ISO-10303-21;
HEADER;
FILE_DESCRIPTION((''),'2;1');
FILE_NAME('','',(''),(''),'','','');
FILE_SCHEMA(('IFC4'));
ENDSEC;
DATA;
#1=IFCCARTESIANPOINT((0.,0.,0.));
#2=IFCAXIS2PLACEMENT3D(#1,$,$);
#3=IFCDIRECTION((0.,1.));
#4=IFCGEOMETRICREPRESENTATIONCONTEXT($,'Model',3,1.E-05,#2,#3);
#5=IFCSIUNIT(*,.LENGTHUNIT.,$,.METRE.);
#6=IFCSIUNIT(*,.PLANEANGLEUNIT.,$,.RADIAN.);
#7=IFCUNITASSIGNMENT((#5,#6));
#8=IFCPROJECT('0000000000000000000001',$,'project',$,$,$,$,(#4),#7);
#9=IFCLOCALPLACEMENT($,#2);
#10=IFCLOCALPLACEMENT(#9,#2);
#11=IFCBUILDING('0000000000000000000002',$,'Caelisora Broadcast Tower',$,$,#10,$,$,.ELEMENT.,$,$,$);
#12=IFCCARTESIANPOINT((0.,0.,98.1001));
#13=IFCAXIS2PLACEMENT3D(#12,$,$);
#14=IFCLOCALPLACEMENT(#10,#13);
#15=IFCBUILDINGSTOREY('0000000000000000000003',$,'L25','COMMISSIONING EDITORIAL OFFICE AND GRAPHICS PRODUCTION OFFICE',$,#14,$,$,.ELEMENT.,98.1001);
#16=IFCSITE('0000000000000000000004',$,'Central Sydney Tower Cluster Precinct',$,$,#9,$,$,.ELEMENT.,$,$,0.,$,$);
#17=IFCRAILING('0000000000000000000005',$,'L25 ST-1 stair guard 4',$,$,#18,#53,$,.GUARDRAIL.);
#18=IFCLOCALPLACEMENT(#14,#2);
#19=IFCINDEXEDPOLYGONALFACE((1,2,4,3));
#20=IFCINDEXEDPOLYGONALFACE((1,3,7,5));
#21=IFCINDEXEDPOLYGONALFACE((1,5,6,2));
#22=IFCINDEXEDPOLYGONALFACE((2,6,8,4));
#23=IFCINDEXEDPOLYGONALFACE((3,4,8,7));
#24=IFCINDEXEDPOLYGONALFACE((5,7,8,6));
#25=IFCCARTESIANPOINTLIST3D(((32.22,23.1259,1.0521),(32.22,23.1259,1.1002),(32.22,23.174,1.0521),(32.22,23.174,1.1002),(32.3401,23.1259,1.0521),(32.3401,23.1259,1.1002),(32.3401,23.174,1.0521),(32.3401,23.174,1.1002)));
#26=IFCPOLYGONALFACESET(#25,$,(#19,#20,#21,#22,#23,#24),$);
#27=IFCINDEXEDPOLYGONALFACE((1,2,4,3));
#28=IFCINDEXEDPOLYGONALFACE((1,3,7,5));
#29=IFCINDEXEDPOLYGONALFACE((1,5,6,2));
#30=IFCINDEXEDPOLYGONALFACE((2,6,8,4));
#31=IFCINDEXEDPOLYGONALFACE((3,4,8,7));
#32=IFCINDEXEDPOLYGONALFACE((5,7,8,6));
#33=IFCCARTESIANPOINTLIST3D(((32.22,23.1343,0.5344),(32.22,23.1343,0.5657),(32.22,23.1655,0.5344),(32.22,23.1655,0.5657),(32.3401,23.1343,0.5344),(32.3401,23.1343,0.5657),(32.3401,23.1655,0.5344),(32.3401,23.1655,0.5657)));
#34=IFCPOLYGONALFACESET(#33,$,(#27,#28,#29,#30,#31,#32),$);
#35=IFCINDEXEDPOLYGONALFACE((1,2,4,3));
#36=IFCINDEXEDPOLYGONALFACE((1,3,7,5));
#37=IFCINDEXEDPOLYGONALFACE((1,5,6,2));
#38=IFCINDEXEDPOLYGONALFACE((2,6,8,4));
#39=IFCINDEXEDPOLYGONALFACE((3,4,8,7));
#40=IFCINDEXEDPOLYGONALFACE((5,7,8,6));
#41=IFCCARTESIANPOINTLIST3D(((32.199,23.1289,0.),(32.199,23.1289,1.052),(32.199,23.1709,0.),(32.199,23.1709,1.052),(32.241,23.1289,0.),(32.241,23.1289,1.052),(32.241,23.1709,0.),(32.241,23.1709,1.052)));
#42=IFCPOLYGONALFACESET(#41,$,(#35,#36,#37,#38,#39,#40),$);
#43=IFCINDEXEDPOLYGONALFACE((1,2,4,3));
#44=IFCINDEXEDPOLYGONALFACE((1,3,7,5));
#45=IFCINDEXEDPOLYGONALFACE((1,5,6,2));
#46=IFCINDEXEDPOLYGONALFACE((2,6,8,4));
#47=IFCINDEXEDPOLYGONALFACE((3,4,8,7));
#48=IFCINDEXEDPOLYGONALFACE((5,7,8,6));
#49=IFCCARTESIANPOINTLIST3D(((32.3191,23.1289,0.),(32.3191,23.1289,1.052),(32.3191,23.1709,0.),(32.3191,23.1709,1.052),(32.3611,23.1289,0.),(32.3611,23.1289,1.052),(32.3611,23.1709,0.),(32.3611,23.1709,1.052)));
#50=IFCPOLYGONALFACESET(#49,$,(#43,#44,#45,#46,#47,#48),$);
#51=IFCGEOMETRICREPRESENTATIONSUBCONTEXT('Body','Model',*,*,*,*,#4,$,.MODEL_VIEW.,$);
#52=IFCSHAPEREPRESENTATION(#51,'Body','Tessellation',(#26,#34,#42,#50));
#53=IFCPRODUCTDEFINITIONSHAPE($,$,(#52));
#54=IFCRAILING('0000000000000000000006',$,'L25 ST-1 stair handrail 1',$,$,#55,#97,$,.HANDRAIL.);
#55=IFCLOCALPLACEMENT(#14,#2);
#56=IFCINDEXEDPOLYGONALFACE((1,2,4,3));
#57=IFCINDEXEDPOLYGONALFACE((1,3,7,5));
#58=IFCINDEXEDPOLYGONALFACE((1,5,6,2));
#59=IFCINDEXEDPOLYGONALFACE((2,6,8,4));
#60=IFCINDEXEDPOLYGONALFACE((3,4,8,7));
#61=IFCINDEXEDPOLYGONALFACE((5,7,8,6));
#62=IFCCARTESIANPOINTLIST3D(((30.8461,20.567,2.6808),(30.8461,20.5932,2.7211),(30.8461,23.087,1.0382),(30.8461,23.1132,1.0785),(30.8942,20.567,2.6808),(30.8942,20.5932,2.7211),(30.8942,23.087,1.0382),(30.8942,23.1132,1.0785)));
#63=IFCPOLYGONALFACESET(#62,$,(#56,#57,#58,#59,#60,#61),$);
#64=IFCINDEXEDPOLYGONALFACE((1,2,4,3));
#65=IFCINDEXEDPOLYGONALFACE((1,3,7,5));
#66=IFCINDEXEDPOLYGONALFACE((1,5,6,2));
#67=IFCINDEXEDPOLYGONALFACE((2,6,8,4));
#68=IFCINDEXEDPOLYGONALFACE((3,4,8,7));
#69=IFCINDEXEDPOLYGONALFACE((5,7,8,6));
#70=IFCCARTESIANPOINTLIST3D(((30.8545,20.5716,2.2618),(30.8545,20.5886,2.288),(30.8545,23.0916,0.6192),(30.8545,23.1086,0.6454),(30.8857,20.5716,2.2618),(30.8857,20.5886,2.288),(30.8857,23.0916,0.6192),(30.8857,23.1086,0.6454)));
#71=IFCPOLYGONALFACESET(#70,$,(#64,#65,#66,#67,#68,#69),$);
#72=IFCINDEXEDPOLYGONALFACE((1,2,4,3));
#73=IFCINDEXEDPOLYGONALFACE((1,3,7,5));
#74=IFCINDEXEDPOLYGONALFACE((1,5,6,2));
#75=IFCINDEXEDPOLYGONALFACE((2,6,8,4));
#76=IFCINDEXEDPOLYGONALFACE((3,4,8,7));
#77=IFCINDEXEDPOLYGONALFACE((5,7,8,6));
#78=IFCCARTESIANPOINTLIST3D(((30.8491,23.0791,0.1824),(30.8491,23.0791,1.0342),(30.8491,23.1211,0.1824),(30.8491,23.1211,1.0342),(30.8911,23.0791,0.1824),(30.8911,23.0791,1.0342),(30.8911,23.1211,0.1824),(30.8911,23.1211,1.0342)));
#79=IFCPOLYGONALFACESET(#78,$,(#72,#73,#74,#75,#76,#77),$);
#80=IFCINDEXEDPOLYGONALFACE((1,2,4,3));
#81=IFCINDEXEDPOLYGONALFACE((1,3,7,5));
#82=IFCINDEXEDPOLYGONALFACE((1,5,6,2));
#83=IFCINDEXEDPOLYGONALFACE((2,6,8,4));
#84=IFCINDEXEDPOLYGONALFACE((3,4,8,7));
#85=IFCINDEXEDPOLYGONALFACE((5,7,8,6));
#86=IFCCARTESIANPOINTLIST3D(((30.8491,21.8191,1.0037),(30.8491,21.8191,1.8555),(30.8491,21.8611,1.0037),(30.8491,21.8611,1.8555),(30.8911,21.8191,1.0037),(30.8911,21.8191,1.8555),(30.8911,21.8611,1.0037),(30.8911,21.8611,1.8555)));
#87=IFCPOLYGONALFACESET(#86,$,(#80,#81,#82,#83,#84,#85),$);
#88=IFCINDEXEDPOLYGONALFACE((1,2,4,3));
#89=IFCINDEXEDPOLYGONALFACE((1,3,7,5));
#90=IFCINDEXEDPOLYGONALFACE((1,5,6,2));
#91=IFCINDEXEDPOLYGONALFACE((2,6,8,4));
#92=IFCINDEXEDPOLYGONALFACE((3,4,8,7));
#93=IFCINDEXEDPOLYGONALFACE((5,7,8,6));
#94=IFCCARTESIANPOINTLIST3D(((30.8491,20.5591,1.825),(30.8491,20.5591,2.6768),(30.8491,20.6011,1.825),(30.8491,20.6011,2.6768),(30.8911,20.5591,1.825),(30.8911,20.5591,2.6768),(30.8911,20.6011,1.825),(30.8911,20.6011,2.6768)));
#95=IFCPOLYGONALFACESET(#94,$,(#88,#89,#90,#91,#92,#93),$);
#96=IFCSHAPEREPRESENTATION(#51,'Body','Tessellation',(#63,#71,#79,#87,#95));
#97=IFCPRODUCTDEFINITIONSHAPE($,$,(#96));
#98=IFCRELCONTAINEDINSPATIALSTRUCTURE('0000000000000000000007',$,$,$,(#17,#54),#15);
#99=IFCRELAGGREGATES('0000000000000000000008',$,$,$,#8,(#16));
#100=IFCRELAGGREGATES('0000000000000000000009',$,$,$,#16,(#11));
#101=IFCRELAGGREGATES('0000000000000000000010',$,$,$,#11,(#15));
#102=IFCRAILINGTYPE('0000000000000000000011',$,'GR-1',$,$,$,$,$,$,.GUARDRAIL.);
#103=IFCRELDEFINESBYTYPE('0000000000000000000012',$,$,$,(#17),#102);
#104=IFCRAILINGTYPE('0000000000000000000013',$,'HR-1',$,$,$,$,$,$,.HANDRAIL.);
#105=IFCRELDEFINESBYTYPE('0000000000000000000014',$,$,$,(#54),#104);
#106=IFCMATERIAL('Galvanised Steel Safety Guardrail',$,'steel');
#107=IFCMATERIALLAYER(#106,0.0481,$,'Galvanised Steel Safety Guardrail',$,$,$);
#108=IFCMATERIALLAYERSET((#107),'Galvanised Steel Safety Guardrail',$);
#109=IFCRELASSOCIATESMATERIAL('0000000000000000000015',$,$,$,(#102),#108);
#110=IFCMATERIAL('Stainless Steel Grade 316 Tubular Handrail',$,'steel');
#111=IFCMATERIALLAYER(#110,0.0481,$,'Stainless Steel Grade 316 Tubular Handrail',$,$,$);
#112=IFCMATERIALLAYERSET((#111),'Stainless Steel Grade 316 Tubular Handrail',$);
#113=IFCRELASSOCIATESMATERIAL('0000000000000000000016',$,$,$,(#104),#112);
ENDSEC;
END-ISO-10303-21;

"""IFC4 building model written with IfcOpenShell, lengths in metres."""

from ifc_helpers import new_model, si_unit, direction, frame, origin, origin_2d, place, context, subcontext, project, spatial, rectangle, extrude, material, layer, layer_set, type_object, element, save


model = new_model("IFC4")

# Units and contexts
model_context = context("Model", 3, precision=1e-05, world=origin(), true_north=direction((0.0, 1.0)))
body_context = subcontext(model_context, "Body", "Model", "MODEL_VIEW")
ifc_project = project(units=[si_unit("LENGTHUNIT", "METRE"), si_unit("PLANEANGLEUNIT", "RADIAN")], contexts=[model_context])

# Site, building, storey
site_placement = place(None, origin())
site = spatial("IfcSite", under=ifc_project, at=site_placement, Name="Central Sydney Tower Cluster Precinct", CompositionType="ELEMENT", RefElevation=0.0)
building_placement = place(site_placement, origin())
building = spatial("IfcBuilding", under=site, at=building_placement, Name="Caelisora Broadcast Tower", CompositionType="ELEMENT")
storey_placement = place(building_placement, frame((0.0, 0.0, 98.1001)))
storey = spatial("IfcBuildingStorey", under=building, at=storey_placement, Name="L25", Description="COMMISSIONING EDITORIAL OFFICE AND GRAPHICS PRODUCTION OFFICE", CompositionType="ELEMENT", Elevation=98.1001)

# Railings
ifc_material_1 = material(Name="Galvanised Steel Safety Guardrail", Category="steel")
ifc_layer_1 = layer(ifc_material_1, 0.0481, Name="Galvanised Steel Safety Guardrail")
ifc_layer_set_1 = layer_set([ifc_layer_1], Name="Galvanised Steel Safety Guardrail")
railing_type_1 = type_object("IfcRailingType", Name="GR-1", PredefinedType="GUARDRAIL", material=ifc_layer_set_1)
railing_1_placement = place(storey_placement, frame((32.22, 23.1499, 0.0)))
element("IfcRailing", 1, at=railing_1_placement, inside=storey, type_object=railing_type_1, Name="L25 ST-1 stair guard 4", PredefinedType="GUARDRAIL", context=body_context, shape_type="SweptSolid", body=[
    extrude(rectangle(XDim=0.0481, YDim=0.0481, at=origin_2d()), frame((0.0, 0.0, 1.0762), z_axis=(1.0, 0.0, 0.0), x_axis=(0.0, 1.0, 0.0)), (0.0, 0.0, 1.0), 0.1201),
    extrude(rectangle(XDim=0.0312, YDim=0.0312, at=origin_2d()), frame((0.0, 0.0, 0.55), z_axis=(1.0, 0.0, 0.0), x_axis=(0.0, 1.0, 0.0)), (0.0, 0.0, 1.0), 0.1201),
    extrude(rectangle(XDim=0.042, YDim=0.042, at=origin_2d()), origin(), (0.0, 0.0, 1.0), 1.052),
    extrude(rectangle(XDim=0.042, YDim=0.042, at=origin_2d()), frame((0.1201, 0.0, 0.0)), (0.0, 0.0, 1.0), 1.052),
])
ifc_material_2 = material(Name="Stainless Steel Grade 316 Tubular Handrail", Category="steel")
ifc_layer_2 = layer(ifc_material_2, 0.0481, Name="Stainless Steel Grade 316 Tubular Handrail")
ifc_layer_set_2 = layer_set([ifc_layer_2], Name="Stainless Steel Grade 316 Tubular Handrail")
railing_type_2 = type_object("IfcRailingType", Name="HR-1", PredefinedType="HANDRAIL", material=ifc_layer_set_2)
railing_2_placement = place(storey_placement, frame((30.8701, 23.1001, 0.1824)))
element("IfcRailing", 2, at=railing_2_placement, inside=storey, type_object=railing_type_2, Name="L25 ST-1 stair handrail 1", PredefinedType="HANDRAIL", context=body_context, shape_type="SweptSolid", body=[
    extrude(rectangle(XDim=0.0481, YDim=0.0481, at=origin_2d()), frame((0.0, 0.0, 0.876), z_axis=(0.0, -0.837749, 0.546055), x_axis=(1.0, 0.0, 0.0)), (0.0, 0.0, 1.0), 3.0081),
    extrude(rectangle(XDim=0.0312, YDim=0.0312, at=origin_2d()), frame((0.0, 0.0, 0.45), z_axis=(0.0, -0.837749, 0.546055), x_axis=(1.0, 0.0, 0.0)), (0.0, 0.0, 1.0), 3.0081),
    extrude(rectangle(XDim=0.042, YDim=0.042, at=origin_2d()), origin(), (0.0, 0.0, 1.0), 0.8518),
    extrude(rectangle(XDim=0.042, YDim=0.042, at=origin_2d()), frame((0.0, -1.26, 0.8213)), (0.0, 0.0, 1.0), 0.8518),
    extrude(rectangle(XDim=0.042, YDim=0.042, at=origin_2d()), frame((0.0, -2.52, 1.6426)), (0.0, 0.0, 1.0), 0.8518),
])

save(model, "model.ifc")
